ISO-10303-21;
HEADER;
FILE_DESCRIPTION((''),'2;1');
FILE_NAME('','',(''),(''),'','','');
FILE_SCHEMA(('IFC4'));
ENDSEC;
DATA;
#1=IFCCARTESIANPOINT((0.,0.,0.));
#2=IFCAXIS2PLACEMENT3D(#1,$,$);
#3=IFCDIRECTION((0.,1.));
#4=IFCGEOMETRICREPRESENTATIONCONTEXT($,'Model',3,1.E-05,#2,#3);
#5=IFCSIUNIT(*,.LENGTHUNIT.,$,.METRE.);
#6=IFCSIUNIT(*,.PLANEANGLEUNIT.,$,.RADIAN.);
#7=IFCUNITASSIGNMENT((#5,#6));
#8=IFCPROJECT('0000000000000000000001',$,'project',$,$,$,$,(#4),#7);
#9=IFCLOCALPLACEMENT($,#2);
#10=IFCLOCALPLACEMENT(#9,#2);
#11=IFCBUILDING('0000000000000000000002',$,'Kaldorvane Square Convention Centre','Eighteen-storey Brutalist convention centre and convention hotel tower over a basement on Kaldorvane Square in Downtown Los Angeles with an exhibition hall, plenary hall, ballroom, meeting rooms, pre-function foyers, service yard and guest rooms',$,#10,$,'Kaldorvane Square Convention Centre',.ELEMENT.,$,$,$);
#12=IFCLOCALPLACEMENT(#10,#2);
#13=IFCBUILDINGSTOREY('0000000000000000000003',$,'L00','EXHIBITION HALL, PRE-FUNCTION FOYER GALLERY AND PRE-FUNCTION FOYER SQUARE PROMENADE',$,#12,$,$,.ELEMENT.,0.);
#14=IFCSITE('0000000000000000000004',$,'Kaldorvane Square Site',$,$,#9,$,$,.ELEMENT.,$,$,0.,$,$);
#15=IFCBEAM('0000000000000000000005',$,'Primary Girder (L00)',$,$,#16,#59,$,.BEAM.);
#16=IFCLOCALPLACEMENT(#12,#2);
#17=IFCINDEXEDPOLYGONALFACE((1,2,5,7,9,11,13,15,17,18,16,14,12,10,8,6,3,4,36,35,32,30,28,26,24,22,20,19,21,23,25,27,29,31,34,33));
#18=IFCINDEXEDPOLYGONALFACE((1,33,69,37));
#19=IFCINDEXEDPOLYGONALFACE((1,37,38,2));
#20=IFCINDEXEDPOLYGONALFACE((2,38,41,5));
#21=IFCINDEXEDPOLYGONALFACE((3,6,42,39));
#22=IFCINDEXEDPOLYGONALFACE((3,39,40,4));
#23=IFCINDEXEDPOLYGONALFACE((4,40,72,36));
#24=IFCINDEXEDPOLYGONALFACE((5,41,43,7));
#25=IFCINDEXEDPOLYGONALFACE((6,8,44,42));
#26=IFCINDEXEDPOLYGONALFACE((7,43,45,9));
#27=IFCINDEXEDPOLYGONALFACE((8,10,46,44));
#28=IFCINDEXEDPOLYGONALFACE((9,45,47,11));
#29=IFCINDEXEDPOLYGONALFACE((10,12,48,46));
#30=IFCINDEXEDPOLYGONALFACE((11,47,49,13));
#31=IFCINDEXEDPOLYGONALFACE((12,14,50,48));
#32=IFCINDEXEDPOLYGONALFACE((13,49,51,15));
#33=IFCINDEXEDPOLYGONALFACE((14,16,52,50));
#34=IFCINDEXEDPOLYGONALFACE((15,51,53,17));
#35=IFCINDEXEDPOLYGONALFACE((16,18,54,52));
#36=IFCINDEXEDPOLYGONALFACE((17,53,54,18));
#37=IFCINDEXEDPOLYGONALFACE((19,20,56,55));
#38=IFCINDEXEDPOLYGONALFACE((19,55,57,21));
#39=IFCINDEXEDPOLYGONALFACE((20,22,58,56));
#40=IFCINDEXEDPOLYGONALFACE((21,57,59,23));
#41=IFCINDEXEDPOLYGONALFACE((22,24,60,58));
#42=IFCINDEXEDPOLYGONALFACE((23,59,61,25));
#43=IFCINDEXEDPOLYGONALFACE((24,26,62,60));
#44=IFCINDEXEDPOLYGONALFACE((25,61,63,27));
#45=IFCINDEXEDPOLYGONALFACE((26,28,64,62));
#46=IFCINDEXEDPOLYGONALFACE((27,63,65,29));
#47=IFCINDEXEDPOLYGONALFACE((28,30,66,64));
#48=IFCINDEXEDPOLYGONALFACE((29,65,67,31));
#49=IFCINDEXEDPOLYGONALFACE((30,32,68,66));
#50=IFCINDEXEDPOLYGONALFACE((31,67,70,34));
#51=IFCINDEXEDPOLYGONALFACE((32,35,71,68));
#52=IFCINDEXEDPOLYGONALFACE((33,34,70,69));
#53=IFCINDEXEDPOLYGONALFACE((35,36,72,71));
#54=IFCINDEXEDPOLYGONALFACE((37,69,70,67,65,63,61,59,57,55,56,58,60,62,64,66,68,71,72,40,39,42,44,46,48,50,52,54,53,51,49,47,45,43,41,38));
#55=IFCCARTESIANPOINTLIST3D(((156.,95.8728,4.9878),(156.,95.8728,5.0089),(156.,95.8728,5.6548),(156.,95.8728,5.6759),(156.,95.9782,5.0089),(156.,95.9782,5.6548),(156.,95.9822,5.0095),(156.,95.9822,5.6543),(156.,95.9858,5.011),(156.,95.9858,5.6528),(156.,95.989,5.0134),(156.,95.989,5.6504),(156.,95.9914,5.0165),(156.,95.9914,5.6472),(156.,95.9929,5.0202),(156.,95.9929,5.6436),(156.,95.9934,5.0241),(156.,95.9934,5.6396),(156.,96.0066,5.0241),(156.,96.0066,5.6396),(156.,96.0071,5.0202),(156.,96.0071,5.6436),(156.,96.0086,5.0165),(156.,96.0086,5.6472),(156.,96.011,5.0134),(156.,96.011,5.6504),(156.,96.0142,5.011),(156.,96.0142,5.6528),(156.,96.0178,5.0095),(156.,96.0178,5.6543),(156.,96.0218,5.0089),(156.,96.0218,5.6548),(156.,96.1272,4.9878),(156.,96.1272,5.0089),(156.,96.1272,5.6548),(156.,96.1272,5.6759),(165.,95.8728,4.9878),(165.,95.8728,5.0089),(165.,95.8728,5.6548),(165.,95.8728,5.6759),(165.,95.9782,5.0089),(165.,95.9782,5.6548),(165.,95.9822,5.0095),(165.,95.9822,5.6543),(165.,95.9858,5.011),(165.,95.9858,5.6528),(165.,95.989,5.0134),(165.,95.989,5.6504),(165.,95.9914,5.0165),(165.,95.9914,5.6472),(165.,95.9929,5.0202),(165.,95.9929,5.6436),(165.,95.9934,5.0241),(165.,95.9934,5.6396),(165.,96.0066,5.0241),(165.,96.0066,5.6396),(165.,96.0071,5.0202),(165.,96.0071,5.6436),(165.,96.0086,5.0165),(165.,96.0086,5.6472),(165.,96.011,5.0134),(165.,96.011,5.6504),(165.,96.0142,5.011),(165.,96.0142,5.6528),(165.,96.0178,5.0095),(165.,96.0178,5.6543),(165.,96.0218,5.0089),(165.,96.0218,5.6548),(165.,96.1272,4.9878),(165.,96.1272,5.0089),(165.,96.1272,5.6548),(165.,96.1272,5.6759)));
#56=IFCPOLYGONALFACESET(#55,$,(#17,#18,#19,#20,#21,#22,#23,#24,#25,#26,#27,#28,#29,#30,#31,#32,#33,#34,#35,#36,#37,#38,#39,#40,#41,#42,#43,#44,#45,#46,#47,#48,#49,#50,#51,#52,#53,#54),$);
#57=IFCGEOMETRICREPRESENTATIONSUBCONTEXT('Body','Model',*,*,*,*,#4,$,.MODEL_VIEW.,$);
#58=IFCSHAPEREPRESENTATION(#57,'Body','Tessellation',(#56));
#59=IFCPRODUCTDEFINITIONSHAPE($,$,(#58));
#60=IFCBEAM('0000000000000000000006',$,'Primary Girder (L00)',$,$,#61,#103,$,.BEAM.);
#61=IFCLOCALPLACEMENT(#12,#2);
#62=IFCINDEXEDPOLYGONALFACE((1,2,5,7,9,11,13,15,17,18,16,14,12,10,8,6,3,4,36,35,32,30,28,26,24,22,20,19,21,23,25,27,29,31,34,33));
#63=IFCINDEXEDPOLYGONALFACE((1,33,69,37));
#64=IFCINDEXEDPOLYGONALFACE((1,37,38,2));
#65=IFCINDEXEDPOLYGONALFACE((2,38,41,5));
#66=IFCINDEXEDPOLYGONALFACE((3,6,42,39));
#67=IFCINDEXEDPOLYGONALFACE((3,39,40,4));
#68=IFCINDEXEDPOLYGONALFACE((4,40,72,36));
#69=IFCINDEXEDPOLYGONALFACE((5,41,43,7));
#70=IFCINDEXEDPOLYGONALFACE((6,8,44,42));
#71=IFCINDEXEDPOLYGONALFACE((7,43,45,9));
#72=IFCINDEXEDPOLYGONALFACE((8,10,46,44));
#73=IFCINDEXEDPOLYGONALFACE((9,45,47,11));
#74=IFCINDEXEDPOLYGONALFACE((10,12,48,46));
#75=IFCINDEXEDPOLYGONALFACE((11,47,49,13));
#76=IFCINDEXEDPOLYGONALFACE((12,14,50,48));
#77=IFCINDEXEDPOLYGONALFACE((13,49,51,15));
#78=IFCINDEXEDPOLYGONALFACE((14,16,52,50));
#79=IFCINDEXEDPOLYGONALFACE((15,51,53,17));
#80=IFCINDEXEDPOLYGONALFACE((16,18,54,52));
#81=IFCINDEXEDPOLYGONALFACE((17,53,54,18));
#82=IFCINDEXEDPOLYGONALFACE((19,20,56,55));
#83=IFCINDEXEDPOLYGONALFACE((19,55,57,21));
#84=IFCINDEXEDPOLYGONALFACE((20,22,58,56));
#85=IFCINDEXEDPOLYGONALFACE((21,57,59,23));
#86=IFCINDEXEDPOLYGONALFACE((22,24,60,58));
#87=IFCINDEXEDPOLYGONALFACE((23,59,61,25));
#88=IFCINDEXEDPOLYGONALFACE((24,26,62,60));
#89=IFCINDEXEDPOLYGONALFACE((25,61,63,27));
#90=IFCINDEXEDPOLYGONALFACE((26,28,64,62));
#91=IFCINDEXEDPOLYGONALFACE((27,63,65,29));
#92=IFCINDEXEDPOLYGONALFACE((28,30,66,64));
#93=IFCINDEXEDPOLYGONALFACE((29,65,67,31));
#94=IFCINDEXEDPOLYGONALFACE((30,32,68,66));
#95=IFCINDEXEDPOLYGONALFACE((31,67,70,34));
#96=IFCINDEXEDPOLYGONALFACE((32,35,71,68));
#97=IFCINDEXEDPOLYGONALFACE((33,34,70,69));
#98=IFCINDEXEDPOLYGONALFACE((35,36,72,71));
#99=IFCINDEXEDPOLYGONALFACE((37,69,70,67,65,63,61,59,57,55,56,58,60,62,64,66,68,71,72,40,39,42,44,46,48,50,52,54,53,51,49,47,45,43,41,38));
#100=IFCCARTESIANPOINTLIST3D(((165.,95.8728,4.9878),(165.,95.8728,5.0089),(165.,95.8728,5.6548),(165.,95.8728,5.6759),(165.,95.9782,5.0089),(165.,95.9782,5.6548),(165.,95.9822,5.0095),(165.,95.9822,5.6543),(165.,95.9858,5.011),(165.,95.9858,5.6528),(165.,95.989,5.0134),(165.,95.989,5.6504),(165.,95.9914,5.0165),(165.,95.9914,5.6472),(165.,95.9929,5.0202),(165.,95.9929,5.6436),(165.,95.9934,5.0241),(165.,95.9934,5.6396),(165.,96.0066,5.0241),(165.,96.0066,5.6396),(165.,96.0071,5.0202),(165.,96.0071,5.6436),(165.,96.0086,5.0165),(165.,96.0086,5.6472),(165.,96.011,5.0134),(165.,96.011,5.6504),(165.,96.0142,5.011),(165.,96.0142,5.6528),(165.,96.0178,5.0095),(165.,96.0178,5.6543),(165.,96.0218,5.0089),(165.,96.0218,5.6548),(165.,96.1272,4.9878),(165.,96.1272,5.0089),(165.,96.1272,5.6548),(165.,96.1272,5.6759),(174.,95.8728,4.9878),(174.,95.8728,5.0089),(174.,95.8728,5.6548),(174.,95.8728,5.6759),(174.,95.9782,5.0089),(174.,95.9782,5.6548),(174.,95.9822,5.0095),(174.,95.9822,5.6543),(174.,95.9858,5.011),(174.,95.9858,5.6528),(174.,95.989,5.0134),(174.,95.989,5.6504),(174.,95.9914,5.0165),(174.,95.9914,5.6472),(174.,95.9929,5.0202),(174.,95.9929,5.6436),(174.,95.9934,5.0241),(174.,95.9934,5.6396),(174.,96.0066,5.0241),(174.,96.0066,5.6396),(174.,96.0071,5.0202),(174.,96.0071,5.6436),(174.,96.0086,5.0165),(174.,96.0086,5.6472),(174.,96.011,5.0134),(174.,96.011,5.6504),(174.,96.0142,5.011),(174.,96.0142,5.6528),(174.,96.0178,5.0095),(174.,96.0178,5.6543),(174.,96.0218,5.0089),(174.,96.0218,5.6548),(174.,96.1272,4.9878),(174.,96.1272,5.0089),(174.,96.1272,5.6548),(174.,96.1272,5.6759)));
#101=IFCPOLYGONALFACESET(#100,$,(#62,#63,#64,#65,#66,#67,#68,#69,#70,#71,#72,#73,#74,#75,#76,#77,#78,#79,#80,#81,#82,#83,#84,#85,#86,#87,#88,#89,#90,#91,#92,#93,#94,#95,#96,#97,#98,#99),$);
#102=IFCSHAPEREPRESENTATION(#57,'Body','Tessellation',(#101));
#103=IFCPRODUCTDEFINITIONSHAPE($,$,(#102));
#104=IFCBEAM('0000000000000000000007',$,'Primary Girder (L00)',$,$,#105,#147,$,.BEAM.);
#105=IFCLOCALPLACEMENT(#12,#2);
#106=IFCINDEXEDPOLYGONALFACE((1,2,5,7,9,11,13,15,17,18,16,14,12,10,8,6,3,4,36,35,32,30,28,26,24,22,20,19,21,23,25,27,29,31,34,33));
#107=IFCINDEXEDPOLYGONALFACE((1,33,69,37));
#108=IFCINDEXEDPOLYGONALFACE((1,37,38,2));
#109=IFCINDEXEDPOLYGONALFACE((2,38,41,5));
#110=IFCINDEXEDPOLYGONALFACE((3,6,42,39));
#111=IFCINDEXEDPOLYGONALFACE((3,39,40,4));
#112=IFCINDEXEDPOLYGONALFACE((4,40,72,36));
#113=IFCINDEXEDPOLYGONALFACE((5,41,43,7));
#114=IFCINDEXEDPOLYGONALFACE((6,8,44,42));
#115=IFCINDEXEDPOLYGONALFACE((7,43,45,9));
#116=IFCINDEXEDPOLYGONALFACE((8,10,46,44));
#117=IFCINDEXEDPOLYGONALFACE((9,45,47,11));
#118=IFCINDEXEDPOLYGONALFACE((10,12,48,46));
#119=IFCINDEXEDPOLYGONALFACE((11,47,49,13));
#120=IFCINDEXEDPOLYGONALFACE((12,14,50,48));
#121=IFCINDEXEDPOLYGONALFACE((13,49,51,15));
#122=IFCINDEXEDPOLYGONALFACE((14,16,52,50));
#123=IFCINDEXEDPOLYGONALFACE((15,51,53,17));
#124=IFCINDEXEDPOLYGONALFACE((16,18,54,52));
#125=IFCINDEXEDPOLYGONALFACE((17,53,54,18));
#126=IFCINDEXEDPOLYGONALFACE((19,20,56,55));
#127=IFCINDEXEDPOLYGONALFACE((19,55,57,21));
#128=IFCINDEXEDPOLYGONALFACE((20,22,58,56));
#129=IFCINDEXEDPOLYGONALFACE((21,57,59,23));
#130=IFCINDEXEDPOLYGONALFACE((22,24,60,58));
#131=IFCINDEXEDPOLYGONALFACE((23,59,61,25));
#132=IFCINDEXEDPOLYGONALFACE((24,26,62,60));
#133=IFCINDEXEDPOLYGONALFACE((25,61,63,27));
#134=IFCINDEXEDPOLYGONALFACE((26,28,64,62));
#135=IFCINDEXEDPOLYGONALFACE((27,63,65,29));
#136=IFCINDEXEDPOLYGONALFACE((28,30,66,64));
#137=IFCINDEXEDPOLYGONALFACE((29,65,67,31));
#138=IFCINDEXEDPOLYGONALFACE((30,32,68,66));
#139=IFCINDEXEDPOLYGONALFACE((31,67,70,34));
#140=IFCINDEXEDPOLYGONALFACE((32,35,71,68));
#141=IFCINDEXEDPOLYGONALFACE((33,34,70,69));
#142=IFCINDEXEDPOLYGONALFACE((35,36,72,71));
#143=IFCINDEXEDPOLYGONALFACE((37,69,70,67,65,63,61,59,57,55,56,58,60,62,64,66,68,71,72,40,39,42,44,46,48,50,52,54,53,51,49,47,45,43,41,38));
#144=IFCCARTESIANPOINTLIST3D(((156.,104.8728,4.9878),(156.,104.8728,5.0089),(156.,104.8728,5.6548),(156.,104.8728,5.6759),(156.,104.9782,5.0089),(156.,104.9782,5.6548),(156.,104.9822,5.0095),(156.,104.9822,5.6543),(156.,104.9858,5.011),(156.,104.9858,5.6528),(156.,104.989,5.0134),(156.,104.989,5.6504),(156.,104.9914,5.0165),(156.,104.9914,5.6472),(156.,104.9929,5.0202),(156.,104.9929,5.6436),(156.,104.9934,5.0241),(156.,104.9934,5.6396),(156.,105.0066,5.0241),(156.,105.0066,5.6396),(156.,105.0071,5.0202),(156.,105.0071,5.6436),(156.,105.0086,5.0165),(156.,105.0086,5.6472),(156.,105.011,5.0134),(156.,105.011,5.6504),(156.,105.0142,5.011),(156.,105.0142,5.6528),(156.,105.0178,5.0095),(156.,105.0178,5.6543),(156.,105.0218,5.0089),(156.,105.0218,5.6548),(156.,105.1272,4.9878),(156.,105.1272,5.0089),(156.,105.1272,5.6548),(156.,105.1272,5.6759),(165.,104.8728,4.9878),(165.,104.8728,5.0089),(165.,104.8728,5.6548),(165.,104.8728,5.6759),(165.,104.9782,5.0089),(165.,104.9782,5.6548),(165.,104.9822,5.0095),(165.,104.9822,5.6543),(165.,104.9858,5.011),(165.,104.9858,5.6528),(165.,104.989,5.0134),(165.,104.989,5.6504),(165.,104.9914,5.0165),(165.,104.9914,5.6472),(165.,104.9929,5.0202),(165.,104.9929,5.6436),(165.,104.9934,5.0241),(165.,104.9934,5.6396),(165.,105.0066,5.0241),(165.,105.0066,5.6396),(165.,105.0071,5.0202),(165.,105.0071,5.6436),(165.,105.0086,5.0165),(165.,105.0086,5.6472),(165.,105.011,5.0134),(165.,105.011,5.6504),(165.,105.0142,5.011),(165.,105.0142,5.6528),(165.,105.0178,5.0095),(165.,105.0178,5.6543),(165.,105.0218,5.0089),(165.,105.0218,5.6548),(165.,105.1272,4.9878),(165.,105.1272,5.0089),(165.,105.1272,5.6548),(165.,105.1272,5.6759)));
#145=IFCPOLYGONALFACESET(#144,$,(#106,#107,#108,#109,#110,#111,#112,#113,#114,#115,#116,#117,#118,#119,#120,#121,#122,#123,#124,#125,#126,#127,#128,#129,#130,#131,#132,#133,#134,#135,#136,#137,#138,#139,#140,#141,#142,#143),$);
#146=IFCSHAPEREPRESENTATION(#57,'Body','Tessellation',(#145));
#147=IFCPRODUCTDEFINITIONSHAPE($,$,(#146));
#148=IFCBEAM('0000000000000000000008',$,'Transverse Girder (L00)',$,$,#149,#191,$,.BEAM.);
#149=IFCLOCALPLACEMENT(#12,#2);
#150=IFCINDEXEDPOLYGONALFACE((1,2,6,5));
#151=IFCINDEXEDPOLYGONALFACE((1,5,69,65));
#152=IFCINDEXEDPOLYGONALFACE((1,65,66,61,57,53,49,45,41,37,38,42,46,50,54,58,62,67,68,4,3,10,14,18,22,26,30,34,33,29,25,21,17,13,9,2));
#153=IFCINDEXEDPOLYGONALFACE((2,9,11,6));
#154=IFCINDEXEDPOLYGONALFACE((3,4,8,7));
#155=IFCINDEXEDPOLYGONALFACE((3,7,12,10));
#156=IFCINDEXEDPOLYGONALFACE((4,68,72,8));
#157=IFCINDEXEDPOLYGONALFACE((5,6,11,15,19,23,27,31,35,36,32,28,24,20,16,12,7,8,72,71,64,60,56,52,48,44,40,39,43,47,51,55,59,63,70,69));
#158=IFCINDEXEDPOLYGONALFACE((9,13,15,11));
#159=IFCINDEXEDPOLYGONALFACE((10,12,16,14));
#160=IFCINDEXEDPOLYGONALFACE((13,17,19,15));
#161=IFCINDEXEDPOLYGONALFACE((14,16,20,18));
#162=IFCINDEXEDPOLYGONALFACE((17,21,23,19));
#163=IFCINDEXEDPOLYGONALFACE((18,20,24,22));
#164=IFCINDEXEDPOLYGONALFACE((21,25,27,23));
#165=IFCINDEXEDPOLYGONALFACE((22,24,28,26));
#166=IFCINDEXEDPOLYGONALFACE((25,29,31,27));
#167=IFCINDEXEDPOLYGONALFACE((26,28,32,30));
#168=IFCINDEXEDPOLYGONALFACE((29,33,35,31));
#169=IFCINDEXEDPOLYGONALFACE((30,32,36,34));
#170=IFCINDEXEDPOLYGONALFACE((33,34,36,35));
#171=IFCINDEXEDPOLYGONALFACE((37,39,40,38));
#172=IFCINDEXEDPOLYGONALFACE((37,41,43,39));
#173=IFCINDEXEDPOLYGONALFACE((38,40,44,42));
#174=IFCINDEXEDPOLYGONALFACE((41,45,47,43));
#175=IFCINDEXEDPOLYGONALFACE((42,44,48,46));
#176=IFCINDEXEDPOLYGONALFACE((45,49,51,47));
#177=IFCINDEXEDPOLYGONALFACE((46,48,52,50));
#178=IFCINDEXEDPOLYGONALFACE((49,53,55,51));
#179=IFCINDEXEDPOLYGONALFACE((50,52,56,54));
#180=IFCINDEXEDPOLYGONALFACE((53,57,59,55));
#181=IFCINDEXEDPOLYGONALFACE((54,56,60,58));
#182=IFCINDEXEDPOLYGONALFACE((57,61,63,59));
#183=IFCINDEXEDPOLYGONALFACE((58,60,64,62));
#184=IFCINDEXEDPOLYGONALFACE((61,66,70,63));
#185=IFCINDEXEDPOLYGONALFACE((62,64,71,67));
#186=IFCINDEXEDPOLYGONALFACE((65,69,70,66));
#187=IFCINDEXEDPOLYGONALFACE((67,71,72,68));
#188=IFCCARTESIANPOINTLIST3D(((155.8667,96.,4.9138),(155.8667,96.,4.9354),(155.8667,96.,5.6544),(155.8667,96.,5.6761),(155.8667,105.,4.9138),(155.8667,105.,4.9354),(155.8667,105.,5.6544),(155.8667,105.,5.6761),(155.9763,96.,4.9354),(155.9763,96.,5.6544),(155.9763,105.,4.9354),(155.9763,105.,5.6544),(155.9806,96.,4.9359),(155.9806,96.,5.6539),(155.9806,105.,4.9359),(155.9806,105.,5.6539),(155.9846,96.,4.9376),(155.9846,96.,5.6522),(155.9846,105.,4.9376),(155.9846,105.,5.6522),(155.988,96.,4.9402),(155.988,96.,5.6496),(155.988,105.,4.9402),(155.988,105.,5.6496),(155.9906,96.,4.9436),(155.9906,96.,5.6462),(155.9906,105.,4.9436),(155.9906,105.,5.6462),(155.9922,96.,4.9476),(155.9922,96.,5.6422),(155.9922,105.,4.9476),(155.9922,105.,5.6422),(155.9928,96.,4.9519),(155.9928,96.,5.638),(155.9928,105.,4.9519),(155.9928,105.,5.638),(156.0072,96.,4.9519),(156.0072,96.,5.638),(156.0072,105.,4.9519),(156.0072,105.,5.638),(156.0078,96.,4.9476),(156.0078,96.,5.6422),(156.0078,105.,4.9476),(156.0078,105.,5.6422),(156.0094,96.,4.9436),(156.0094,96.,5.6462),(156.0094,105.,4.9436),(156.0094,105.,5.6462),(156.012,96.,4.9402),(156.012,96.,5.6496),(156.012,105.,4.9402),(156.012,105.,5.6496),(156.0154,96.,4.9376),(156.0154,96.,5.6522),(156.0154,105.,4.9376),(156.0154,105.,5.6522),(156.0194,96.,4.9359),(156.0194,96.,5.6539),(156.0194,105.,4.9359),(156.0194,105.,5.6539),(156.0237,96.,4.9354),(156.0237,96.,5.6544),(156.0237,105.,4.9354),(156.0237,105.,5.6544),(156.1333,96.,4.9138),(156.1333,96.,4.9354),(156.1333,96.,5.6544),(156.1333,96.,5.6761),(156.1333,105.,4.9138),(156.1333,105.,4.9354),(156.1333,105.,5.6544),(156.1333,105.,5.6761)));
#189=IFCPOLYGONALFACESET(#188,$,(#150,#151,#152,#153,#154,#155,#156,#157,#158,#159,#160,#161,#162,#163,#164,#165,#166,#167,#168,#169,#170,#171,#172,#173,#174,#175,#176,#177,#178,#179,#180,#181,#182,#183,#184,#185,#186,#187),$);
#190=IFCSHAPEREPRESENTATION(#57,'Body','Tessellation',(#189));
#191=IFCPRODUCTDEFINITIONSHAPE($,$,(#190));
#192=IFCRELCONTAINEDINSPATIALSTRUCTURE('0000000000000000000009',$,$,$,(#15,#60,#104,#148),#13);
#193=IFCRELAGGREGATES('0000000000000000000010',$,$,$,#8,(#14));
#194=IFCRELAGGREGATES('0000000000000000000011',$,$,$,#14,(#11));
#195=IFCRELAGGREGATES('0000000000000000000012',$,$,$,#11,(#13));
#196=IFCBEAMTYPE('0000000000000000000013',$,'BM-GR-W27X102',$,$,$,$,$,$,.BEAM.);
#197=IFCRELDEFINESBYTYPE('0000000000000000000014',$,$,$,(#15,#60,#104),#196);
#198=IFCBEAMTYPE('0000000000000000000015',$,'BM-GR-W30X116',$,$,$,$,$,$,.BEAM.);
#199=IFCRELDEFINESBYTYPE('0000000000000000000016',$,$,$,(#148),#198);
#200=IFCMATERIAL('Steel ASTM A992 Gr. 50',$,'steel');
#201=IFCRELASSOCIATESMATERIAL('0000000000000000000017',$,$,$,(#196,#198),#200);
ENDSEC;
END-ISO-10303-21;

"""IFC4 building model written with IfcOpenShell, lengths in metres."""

from ifc_helpers import new_model, si_unit, direction, frame, origin, origin_2d, place, context, subcontext, project, spatial, i_section, extrude, material, material_profile, profile_set, type_object, element, save


model = new_model("IFC4")

# Units and contexts
model_context = context("Model", 3, precision=1e-05, world=origin(), true_north=direction((0.0, 1.0)))
body_context = subcontext(model_context, "Body", "Model", "MODEL_VIEW")
ifc_project = project(units=[si_unit("LENGTHUNIT", "METRE"), si_unit("PLANEANGLEUNIT", "RADIAN")], contexts=[model_context])

# Site, building, storey
site_placement = place(None, origin())
site = spatial("IfcSite", under=ifc_project, at=site_placement, Name="Kaldorvane Square Site", CompositionType="ELEMENT", RefElevation=0.0)
building_placement = place(site_placement, origin())
building = spatial("IfcBuilding", under=site, at=building_placement, Name="Kaldorvane Square Convention Centre", Description="Eighteen-storey Brutalist convention centre and convention hotel tower over a basement on Kaldorvane Square in Downtown Los Angeles with an exhibition hall, plenary hall, ballroom, meeting rooms, pre-function foyers, service yard and guest rooms", LongName="Kaldorvane Square Convention Centre", CompositionType="ELEMENT")
storey_placement = place(building_placement, origin())
storey = spatial("IfcBuildingStorey", under=building, at=storey_placement, Name="L00", Description="EXHIBITION HALL, PRE-FUNCTION FOYER GALLERY AND PRE-FUNCTION FOYER SQUARE PROMENADE", CompositionType="ELEMENT", Elevation=0.0)

# Shared definitions
ifc_material_1 = material(Name="Steel ASTM A992 Gr. 50", Category="steel")

# Beams
ifc_material_profile_1 = material_profile(ifc_material_1, i_section(OverallWidth=0.2544, OverallDepth=0.6881, WebThickness=0.0131, FlangeThickness=0.0211, FilletRadius=0.0152, at=origin_2d()), Name="W27X102")
ifc_profile_set_1 = profile_set([ifc_material_profile_1], Name="Steel ASTM A992 Gr. 50")
beam_type_1 = type_object("IfcBeamType", Name="BM-GR-W27X102", PredefinedType="BEAM", material=ifc_profile_set_1)
for number, where, z_axis, x_axis, name in (
    (1, (156.0, 96.0, 5.3319), (1.0, 0.0, 0.0), (0.0, 1.0, 0.0), "Primary Girder (L00)"),
    (2, (165.0, 96.0, 5.3319), (1.0, 0.0, 0.0), (0.0, 1.0, 0.0), "Primary Girder (L00)"),
    (3, (156.0, 105.0, 5.3319), (1.0, 0.0, 0.0), (0.0, 1.0, 0.0), "Primary Girder (L00)"),
):
    element("IfcBeam", number, at=place(storey_placement, frame(where, z_axis=z_axis, x_axis=x_axis)), inside=storey, type_object=beam_type_1, Name=name, PredefinedType="BEAM", context=body_context, shape_type="SweptSolid", body=[
        extrude(i_section(OverallWidth=0.2544, OverallDepth=0.6881, WebThickness=0.0131, FlangeThickness=0.0211, FilletRadius=0.0152, at=origin_2d()), origin(), (0.0, 0.0, 1.0), 9.0),
    ])
ifc_material_profile_2 = material_profile(ifc_material_1, i_section(OverallWidth=0.2666, OverallDepth=0.7623, WebThickness=0.0144, FlangeThickness=0.0216, FilletRadius=0.0165, at=origin_2d()), Name="W30X116")
ifc_profile_set_2 = profile_set([ifc_material_profile_2], Name="Steel ASTM A992 Gr. 50")
beam_type_2 = type_object("IfcBeamType", Name="BM-GR-W30X116", PredefinedType="BEAM", material=ifc_profile_set_2)
for number, where, z_axis, x_axis, name in (
    (4, (156.0, 96.0, 5.2949), (0.0, 1.0, 0.0), (-1.0, 0.0, 0.0), "Transverse Girder (L00)"),
):
    element("IfcBeam", number, at=place(storey_placement, frame(where, z_axis=z_axis, x_axis=x_axis)), inside=storey, type_object=beam_type_2, Name=name, PredefinedType="BEAM", context=body_context, shape_type="SweptSolid", body=[
        extrude(i_section(OverallWidth=0.2666, OverallDepth=0.7623, WebThickness=0.0144, FlangeThickness=0.0216, FilletRadius=0.0165, at=origin_2d()), origin(), (0.0, 0.0, 1.0), 9.0),
    ])

save(model, "model.ifc")
